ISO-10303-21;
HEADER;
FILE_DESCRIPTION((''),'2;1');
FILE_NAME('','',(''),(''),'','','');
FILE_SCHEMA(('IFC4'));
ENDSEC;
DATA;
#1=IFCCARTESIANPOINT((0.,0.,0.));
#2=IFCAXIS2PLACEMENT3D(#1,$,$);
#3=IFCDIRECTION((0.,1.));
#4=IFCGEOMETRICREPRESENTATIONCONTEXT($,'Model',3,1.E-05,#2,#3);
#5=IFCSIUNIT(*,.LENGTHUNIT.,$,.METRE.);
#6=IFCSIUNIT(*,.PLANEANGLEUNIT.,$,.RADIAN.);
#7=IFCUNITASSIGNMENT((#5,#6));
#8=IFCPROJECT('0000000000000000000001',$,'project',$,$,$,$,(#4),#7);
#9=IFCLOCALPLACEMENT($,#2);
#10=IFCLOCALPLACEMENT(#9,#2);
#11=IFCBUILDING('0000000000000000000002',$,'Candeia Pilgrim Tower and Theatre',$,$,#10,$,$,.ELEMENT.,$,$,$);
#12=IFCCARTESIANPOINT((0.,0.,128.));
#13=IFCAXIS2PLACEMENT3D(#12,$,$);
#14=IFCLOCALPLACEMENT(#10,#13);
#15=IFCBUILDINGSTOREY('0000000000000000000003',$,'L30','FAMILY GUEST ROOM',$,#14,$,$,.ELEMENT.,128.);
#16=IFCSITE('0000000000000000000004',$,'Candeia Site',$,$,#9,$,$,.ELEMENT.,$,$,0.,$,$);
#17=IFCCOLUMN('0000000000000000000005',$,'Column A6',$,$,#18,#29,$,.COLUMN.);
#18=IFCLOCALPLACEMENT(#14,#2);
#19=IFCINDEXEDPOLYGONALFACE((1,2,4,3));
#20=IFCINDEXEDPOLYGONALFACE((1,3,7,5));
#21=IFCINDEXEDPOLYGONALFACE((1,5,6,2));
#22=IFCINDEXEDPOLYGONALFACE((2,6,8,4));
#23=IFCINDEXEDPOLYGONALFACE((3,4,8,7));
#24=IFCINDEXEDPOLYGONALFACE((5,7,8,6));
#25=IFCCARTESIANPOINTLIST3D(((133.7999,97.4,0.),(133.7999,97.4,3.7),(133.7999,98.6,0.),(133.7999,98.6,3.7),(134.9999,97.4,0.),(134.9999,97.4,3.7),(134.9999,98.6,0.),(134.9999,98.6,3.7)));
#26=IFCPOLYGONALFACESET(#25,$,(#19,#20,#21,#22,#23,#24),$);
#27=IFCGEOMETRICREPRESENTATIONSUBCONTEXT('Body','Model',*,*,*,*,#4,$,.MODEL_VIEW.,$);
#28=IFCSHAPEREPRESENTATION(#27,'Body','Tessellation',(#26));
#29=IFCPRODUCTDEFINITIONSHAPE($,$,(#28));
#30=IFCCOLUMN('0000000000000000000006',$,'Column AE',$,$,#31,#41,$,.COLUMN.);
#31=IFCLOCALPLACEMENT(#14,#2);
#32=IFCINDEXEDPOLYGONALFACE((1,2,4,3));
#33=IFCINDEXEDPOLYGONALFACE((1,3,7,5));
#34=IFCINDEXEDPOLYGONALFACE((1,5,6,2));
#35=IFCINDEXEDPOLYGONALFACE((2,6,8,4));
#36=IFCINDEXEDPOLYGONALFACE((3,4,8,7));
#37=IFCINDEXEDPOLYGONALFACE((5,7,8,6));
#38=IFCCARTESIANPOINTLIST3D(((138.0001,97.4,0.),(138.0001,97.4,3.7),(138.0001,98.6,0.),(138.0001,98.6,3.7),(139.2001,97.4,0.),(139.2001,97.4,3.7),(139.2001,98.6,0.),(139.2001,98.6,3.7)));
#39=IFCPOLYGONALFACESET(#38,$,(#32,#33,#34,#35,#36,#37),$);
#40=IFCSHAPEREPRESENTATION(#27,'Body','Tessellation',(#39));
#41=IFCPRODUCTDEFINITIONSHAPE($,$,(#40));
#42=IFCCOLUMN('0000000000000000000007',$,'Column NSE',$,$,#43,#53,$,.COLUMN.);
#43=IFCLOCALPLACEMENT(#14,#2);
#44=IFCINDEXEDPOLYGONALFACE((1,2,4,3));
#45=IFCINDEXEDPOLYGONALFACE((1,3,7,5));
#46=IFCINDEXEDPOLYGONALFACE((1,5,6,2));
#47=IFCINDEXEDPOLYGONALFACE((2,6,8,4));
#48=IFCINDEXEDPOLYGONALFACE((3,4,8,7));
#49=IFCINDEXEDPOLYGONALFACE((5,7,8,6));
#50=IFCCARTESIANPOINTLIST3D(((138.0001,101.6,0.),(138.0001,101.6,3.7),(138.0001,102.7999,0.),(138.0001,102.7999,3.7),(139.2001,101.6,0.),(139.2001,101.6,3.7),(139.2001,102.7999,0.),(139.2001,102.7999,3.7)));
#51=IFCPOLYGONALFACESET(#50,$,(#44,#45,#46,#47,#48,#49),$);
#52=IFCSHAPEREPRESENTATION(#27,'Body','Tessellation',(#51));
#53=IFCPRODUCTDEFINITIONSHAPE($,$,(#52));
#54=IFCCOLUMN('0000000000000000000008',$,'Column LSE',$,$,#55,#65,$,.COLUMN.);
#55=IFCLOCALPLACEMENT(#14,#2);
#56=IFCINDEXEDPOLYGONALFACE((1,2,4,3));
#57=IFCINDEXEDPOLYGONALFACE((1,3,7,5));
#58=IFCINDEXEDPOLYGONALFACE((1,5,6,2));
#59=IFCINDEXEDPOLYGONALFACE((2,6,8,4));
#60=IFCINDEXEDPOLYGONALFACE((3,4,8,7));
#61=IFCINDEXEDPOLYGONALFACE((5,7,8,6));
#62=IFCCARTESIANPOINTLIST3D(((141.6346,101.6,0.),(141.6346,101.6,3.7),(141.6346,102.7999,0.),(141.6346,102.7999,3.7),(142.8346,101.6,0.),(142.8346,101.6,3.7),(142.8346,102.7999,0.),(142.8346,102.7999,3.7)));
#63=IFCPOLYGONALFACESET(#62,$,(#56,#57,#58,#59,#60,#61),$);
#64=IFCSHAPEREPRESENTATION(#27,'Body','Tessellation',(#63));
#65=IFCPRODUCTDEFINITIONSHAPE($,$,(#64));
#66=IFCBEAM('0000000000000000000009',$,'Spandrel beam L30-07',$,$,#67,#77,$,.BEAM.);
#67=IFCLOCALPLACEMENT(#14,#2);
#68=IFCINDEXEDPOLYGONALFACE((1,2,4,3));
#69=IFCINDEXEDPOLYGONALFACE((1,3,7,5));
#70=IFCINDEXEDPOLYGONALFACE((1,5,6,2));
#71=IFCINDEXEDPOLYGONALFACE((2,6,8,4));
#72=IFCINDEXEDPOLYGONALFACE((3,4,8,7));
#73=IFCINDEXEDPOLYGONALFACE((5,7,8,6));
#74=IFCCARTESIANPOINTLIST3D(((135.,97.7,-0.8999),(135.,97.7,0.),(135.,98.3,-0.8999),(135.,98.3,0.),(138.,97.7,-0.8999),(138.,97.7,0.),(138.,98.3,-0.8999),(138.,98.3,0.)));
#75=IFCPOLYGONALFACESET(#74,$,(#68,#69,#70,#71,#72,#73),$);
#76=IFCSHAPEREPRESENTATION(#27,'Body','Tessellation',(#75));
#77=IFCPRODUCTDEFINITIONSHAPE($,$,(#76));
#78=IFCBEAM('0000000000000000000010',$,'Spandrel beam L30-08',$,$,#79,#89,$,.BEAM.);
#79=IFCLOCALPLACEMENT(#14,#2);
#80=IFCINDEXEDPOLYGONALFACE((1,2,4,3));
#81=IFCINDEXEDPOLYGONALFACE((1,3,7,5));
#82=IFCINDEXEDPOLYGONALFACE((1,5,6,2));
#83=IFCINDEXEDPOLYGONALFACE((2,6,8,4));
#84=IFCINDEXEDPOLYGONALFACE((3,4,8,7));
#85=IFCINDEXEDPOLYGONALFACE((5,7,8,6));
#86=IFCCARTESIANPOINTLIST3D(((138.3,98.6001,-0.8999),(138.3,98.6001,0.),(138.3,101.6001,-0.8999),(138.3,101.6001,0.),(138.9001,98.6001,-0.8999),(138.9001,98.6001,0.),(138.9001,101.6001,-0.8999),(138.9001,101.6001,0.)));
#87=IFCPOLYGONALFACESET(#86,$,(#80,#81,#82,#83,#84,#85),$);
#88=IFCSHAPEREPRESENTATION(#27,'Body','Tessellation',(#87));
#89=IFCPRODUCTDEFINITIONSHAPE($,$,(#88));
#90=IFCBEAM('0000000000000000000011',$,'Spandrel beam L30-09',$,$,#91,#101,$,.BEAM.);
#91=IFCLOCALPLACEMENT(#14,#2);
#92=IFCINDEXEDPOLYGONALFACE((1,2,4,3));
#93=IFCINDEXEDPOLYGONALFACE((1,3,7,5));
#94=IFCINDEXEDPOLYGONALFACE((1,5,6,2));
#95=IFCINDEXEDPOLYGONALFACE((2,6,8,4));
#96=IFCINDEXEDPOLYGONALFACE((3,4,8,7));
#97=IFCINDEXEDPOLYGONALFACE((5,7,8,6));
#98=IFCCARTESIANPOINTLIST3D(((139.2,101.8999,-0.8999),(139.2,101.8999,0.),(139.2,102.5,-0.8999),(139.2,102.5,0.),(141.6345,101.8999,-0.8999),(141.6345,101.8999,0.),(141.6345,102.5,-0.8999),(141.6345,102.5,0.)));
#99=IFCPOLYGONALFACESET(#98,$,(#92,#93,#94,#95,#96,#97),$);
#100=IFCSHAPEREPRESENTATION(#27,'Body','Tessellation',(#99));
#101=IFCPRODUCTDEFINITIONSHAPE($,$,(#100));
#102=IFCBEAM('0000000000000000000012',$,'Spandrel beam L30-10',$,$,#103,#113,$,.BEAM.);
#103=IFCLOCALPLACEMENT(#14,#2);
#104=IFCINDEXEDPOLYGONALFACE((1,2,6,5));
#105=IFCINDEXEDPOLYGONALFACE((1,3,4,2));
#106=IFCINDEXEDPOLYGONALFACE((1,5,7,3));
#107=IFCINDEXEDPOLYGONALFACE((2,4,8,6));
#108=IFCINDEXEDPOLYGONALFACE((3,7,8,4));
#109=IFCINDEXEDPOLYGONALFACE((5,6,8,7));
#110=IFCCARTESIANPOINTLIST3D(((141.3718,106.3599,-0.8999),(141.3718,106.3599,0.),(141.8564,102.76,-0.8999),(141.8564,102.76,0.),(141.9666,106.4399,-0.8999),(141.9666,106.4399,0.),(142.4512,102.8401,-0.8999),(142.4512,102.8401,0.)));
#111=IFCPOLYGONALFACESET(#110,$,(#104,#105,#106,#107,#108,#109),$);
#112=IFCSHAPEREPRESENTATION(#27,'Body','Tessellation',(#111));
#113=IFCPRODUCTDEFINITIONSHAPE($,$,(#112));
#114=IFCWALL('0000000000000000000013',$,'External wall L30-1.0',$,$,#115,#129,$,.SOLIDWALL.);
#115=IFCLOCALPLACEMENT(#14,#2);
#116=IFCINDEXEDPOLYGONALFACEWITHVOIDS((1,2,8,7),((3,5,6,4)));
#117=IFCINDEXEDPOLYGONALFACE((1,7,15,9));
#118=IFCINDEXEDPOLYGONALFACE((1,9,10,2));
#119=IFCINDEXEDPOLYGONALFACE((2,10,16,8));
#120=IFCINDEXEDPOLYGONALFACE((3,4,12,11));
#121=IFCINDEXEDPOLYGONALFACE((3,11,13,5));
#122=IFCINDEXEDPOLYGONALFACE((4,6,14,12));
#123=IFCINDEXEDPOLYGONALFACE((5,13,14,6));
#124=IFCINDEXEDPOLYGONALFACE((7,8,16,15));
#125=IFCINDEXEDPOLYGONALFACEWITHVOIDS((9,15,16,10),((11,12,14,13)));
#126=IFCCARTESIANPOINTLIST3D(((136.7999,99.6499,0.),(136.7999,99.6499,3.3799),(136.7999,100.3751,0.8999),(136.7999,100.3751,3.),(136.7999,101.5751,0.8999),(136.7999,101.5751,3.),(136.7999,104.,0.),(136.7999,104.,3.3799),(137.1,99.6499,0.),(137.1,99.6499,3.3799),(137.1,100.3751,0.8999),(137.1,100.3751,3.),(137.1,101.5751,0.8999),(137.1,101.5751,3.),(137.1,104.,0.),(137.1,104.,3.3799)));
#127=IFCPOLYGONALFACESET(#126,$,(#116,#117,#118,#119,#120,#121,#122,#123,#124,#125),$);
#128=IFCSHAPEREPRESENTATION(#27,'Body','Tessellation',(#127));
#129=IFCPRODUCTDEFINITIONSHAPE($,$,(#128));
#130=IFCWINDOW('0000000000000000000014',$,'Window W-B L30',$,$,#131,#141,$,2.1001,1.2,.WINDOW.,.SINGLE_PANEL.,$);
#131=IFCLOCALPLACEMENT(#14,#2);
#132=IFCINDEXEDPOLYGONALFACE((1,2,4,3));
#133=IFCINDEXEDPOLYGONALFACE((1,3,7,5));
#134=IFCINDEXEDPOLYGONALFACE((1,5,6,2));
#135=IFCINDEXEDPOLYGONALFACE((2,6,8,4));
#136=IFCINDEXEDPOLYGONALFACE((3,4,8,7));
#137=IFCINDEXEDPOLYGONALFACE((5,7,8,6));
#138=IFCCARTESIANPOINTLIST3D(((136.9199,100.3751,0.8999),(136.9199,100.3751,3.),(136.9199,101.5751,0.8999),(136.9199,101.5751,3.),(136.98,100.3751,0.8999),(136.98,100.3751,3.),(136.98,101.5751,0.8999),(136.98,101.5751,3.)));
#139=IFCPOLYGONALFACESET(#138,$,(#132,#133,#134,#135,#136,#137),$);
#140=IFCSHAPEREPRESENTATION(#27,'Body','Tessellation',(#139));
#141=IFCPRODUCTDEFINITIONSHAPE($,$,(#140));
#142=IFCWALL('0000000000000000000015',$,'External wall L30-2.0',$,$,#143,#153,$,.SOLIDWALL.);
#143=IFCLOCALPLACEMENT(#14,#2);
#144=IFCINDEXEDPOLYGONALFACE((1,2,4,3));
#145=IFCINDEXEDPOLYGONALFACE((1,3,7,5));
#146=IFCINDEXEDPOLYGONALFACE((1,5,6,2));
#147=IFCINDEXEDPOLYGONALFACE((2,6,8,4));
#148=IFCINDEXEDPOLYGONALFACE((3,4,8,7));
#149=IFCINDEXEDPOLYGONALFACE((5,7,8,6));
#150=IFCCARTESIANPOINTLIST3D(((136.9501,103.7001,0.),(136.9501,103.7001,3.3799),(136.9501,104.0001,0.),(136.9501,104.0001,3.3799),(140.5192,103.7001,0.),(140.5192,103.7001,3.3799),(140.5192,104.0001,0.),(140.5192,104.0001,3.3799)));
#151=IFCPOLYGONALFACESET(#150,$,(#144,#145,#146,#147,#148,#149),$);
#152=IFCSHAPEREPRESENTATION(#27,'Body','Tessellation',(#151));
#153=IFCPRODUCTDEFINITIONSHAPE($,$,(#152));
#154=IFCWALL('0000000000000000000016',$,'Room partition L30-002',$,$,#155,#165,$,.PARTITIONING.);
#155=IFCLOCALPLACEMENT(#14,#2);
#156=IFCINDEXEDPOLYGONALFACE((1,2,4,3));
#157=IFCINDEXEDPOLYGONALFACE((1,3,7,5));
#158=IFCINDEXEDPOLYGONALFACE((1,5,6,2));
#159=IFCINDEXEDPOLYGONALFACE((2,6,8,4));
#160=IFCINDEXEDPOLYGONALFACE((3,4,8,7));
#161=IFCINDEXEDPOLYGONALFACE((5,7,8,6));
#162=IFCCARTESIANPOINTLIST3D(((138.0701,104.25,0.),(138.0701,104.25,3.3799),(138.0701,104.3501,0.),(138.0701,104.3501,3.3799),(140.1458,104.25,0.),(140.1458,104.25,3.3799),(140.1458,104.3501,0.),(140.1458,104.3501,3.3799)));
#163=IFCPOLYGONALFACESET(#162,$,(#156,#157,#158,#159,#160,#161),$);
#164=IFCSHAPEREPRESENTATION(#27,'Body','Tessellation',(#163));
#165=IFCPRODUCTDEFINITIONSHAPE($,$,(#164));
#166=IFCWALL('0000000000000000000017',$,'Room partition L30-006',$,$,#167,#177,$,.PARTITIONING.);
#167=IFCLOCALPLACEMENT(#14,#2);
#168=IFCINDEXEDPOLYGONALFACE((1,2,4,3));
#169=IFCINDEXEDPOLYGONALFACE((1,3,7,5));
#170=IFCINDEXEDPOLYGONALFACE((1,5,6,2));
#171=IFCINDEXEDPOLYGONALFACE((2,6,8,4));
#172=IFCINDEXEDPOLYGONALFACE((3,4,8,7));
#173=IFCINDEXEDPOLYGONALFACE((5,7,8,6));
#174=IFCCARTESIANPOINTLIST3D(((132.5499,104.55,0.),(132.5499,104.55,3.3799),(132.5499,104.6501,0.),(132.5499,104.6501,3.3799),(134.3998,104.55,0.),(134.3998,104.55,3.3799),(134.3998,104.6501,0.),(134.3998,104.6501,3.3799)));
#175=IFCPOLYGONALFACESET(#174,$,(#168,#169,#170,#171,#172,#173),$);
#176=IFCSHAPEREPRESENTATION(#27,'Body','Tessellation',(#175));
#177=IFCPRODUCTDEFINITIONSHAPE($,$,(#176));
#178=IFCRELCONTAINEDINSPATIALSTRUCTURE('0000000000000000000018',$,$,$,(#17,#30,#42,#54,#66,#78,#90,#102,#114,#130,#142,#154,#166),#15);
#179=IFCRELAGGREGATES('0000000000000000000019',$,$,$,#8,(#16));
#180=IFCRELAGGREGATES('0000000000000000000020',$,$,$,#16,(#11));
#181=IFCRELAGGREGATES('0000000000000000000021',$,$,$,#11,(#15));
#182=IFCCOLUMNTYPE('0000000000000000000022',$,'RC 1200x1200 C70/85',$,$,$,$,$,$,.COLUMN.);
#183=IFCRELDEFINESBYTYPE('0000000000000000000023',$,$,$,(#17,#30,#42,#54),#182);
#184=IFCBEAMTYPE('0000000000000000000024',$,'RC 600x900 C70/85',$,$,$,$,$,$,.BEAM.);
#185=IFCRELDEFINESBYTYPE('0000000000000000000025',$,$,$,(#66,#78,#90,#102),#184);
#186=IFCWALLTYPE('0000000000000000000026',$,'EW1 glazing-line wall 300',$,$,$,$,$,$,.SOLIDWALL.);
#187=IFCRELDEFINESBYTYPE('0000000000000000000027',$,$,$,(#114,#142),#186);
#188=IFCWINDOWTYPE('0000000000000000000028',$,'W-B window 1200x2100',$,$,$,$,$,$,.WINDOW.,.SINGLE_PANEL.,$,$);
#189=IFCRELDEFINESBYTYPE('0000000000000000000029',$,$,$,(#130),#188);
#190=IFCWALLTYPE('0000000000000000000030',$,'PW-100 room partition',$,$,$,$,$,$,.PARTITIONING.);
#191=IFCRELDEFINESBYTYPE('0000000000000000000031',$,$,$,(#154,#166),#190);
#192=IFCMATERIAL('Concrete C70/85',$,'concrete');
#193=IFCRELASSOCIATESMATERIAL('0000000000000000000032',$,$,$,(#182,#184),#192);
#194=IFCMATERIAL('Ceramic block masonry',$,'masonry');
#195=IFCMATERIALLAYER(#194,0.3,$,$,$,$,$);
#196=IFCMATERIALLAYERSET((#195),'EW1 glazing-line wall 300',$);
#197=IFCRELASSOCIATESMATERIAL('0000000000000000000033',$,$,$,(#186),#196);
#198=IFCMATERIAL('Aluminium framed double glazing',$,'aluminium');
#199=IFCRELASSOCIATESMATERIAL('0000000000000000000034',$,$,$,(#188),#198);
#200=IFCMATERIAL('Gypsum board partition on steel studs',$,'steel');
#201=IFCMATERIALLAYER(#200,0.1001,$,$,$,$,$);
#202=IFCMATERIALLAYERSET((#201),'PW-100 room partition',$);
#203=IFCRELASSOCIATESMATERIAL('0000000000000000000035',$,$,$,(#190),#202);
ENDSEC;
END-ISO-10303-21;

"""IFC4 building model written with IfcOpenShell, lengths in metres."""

from ifc_helpers import new_model, si_unit, direction, frame, frame_2d, origin, origin_2d, place, context, subcontext, project, spatial, rectangle, extrude, material, layer, layer_set, material_profile, profile_set, type_object, element, fill, save


model = new_model("IFC4")

# Units and contexts
model_context = context("Model", 3, precision=1e-05, world=origin(), true_north=direction((0.0, 1.0)))
body_context = subcontext(model_context, "Body", "Model", "MODEL_VIEW")
ifc_project = project(units=[si_unit("LENGTHUNIT", "METRE"), si_unit("PLANEANGLEUNIT", "RADIAN")], contexts=[model_context])

# Site, building, storey
site_placement = place(None, origin())
site = spatial("IfcSite", under=ifc_project, at=site_placement, Name="Candeia Site", CompositionType="ELEMENT", RefElevation=0.0)
building_placement = place(site_placement, origin())
building = spatial("IfcBuilding", under=site, at=building_placement, Name="Candeia Pilgrim Tower and Theatre", CompositionType="ELEMENT")
storey_placement = place(building_placement, frame((0.0, 0.0, 128.0)))
storey = spatial("IfcBuildingStorey", under=building, at=storey_placement, Name="L30", Description="FAMILY GUEST ROOM", CompositionType="ELEMENT", Elevation=128.0)

# Columns
ifc_material_1 = material(Name="Concrete C70/85", Category="concrete")
ifc_material_profile_1 = material_profile(ifc_material_1, rectangle(XDim=1.2, YDim=1.2, at=origin_2d()))
ifc_profile_set_1 = profile_set([ifc_material_profile_1], Name="Concrete C70/85")
column_type = type_object("IfcColumnType", Name="RC 1200x1200 C70/85", PredefinedType="COLUMN", material=ifc_profile_set_1)
for number, where, z_axis, x_axis, name in (
    (1, (134.3999, 98.0, 0.0), (0.0, 0.0, 1.0), (1.0, 0.0, 0.0), "Column A6"),
    (2, (138.6001, 98.0, 0.0), (0.0, 0.0, 1.0), (1.0, 0.0, 0.0), "Column AE"),
    (3, (138.6001, 102.2, 0.0), (0.0, 0.0, 1.0), (1.0, 0.0, 0.0), "Column NSE"),
    (4, (142.2346, 102.2, 0.0), (0.0, 0.0, 1.0), (1.0, 0.0, 0.0), "Column LSE"),
):
    element("IfcColumn", number, at=place(storey_placement, frame(where, z_axis=z_axis, x_axis=x_axis)), inside=storey, type_object=column_type, Name=name, PredefinedType="COLUMN", context=body_context, shape_type="SweptSolid", body=[
        extrude(rectangle(XDim=1.2, YDim=1.2, at=origin_2d()), origin(), (0.0, 0.0, 1.0), 3.7),
    ])

# Beams
ifc_material_profile_2 = material_profile(ifc_material_1, rectangle(XDim=0.6001, YDim=0.8999, at=origin_2d()))
ifc_profile_set_2 = profile_set([ifc_material_profile_2], Name="Concrete C70/85")
beam_type = type_object("IfcBeamType", Name="RC 600x900 C70/85", PredefinedType="BEAM", material=ifc_profile_set_2)
for number, where, z_axis, x_axis, name in (
    (5, (135.0, 98.0, -0.45), (1.0, 0.0, 0.0), (0.0, 1.0, 0.0), "Spandrel beam L30-07"),
    (6, (138.6001, 98.6001, -0.45), (0.0, 1.0, 0.0), (-1.0, 0.0, 0.0), "Spandrel beam L30-08"),
):
    element("IfcBeam", number, at=place(storey_placement, frame(where, z_axis=z_axis, x_axis=x_axis)), inside=storey, type_object=beam_type, Name=name, PredefinedType="BEAM", context=body_context, shape_type="SweptSolid", body=[
        extrude(rectangle(XDim=0.6001, YDim=0.8999, at=origin_2d()), origin(), (0.0, 0.0, 1.0), 3.0),
    ])
beam_1_placement = place(storey_placement, frame((139.2, 102.2, -0.45), z_axis=(1.0, 0.0, 0.0), x_axis=(0.0, 1.0, 0.0)))
element("IfcBeam", 7, at=beam_1_placement, inside=storey, type_object=beam_type, Name="Spandrel beam L30-09", PredefinedType="BEAM", context=body_context, shape_type="SweptSolid", body=[
    extrude(rectangle(XDim=0.6001, YDim=0.8999, at=origin_2d()), origin(), (0.0, 0.0, 1.0), 2.4346),
])
beam_2_placement = place(storey_placement, frame((142.1538, 102.8, -0.45), z_axis=(-0.133418, 0.99106, 0.0), x_axis=(-0.99106, -0.133418, 0.0)))
element("IfcBeam", 8, at=beam_2_placement, inside=storey, type_object=beam_type, Name="Spandrel beam L30-10", PredefinedType="BEAM", context=body_context, shape_type="SweptSolid", body=[
    extrude(rectangle(XDim=0.6001, YDim=0.8999, at=origin_2d()), origin(), (0.0, 0.0, 1.0), 3.6323),
])

# Wall, opening, window
ifc_material_2 = material(Name="Ceramic block masonry", Category="masonry")
ifc_layer_1 = layer(ifc_material_2, 0.3)
ifc_layer_set_1 = layer_set([ifc_layer_1], Name="EW1 glazing-line wall 300")
wall_type_1 = type_object("IfcWallType", Name="EW1 glazing-line wall 300", PredefinedType="SOLIDWALL", material=ifc_layer_set_1)
wall_1_placement = place(storey_placement, frame((136.95, 99.6499, 0.0), z_axis=(0.0, 0.0, 1.0), x_axis=(0.0, 1.0, 0.0)))
wall_1 = element("IfcWall", 9, at=wall_1_placement, inside=storey, type_object=wall_type_1, Name="External wall L30-1.0", PredefinedType="SOLIDWALL", context=body_context, shape_type="SweptSolid", body=[
    extrude(rectangle(XDim=4.3501, YDim=0.3, at=frame_2d((2.175, 0.0))), origin(), (0.0, 0.0, 1.0), 3.3799),
])
opening_1_placement = place(wall_1_placement, frame((0.7251, 0.0, 0.8999)))
opening_1 = element("IfcOpeningElement", 10, at=opening_1_placement, cuts=wall_1, PredefinedType="OPENING", context=body_context, shape_type="SweptSolid", body=[
    extrude(rectangle(XDim=1.2, YDim=2.1001, at=frame_2d((0.6001, 1.05))), frame((0.0, 0.1602, 0.0), z_axis=(0.0, -1.0, 0.0), x_axis=(1.0, 0.0, 0.0)), (0.0, 0.0, 1.0), 0.3201),
])
ifc_material_3 = material(Name="Aluminium framed double glazing", Category="aluminium")
window_type = type_object("IfcWindowType", Name="W-B window 1200x2100", PartitioningType="SINGLE_PANEL", PredefinedType="WINDOW", material=ifc_material_3)
window_1_placement = place(opening_1_placement, origin())
window_1 = element("IfcWindow", 11, at=window_1_placement, inside=storey, type_object=window_type, Name="Window W-B L30", OverallHeight=2.1001, OverallWidth=1.2, PartitioningType="SINGLE_PANEL", PredefinedType="WINDOW", context=body_context, shape_type="SweptSolid", body=[
    extrude(rectangle(XDim=1.2, YDim=2.1001, at=frame_2d((0.6001, 1.05))), frame((0.0, 0.03, 0.0), z_axis=(0.0, -1.0, 0.0), x_axis=(1.0, 0.0, 0.0)), (0.0, 0.0, 1.0), 0.0601),
])
fill(opening_1, window_1)

# Wall
wall_2_placement = place(storey_placement, frame((136.95, 103.8501, 0.0), z_axis=(0.0, 0.0, 1.0), x_axis=(1.0, 0.0, 0.0)))
element("IfcWall", 12, at=wall_2_placement, inside=storey, type_object=wall_type_1, Name="External wall L30-2.0", PredefinedType="SOLIDWALL", context=body_context, shape_type="SweptSolid", body=[
    extrude(rectangle(XDim=3.5691, YDim=0.3, at=frame_2d((1.7847, 0.0))), origin(), (0.0, 0.0, 1.0), 3.3799),
])

# Walls
ifc_material_4 = material(Name="Gypsum board partition on steel studs", Category="steel")
ifc_layer_2 = layer(ifc_material_4, 0.1001)
ifc_layer_set_2 = layer_set([ifc_layer_2], Name="PW-100 room partition")
wall_type_2 = type_object("IfcWallType", Name="PW-100 room partition", PredefinedType="PARTITIONING", material=ifc_layer_set_2)
wall_3_placement = place(storey_placement, frame((138.0701, 104.3, 0.0), z_axis=(0.0, 0.0, 1.0), x_axis=(1.0, 0.0, 0.0)))
element("IfcWall", 13, at=wall_3_placement, inside=storey, type_object=wall_type_2, Name="Room partition L30-002", PredefinedType="PARTITIONING", context=body_context, shape_type="SweptSolid", body=[
    extrude(rectangle(XDim=2.0757, YDim=0.1001, at=frame_2d((1.0378, 0.0))), origin(), (0.0, 0.0, 1.0), 3.3799),
])
wall_4_placement = place(storey_placement, frame((132.55, 104.6001, 0.0), z_axis=(0.0, 0.0, 1.0), x_axis=(1.0, 0.0, 0.0)))
element("IfcWall", 14, at=wall_4_placement, inside=storey, type_object=wall_type_2, Name="Room partition L30-006", PredefinedType="PARTITIONING", context=body_context, shape_type="SweptSolid", body=[
    extrude(rectangle(XDim=1.8499, YDim=0.1001, at=frame_2d((0.9248, 0.0))), origin(), (0.0, 0.0, 1.0), 3.3799),
])

save(model, "model.ifc")
